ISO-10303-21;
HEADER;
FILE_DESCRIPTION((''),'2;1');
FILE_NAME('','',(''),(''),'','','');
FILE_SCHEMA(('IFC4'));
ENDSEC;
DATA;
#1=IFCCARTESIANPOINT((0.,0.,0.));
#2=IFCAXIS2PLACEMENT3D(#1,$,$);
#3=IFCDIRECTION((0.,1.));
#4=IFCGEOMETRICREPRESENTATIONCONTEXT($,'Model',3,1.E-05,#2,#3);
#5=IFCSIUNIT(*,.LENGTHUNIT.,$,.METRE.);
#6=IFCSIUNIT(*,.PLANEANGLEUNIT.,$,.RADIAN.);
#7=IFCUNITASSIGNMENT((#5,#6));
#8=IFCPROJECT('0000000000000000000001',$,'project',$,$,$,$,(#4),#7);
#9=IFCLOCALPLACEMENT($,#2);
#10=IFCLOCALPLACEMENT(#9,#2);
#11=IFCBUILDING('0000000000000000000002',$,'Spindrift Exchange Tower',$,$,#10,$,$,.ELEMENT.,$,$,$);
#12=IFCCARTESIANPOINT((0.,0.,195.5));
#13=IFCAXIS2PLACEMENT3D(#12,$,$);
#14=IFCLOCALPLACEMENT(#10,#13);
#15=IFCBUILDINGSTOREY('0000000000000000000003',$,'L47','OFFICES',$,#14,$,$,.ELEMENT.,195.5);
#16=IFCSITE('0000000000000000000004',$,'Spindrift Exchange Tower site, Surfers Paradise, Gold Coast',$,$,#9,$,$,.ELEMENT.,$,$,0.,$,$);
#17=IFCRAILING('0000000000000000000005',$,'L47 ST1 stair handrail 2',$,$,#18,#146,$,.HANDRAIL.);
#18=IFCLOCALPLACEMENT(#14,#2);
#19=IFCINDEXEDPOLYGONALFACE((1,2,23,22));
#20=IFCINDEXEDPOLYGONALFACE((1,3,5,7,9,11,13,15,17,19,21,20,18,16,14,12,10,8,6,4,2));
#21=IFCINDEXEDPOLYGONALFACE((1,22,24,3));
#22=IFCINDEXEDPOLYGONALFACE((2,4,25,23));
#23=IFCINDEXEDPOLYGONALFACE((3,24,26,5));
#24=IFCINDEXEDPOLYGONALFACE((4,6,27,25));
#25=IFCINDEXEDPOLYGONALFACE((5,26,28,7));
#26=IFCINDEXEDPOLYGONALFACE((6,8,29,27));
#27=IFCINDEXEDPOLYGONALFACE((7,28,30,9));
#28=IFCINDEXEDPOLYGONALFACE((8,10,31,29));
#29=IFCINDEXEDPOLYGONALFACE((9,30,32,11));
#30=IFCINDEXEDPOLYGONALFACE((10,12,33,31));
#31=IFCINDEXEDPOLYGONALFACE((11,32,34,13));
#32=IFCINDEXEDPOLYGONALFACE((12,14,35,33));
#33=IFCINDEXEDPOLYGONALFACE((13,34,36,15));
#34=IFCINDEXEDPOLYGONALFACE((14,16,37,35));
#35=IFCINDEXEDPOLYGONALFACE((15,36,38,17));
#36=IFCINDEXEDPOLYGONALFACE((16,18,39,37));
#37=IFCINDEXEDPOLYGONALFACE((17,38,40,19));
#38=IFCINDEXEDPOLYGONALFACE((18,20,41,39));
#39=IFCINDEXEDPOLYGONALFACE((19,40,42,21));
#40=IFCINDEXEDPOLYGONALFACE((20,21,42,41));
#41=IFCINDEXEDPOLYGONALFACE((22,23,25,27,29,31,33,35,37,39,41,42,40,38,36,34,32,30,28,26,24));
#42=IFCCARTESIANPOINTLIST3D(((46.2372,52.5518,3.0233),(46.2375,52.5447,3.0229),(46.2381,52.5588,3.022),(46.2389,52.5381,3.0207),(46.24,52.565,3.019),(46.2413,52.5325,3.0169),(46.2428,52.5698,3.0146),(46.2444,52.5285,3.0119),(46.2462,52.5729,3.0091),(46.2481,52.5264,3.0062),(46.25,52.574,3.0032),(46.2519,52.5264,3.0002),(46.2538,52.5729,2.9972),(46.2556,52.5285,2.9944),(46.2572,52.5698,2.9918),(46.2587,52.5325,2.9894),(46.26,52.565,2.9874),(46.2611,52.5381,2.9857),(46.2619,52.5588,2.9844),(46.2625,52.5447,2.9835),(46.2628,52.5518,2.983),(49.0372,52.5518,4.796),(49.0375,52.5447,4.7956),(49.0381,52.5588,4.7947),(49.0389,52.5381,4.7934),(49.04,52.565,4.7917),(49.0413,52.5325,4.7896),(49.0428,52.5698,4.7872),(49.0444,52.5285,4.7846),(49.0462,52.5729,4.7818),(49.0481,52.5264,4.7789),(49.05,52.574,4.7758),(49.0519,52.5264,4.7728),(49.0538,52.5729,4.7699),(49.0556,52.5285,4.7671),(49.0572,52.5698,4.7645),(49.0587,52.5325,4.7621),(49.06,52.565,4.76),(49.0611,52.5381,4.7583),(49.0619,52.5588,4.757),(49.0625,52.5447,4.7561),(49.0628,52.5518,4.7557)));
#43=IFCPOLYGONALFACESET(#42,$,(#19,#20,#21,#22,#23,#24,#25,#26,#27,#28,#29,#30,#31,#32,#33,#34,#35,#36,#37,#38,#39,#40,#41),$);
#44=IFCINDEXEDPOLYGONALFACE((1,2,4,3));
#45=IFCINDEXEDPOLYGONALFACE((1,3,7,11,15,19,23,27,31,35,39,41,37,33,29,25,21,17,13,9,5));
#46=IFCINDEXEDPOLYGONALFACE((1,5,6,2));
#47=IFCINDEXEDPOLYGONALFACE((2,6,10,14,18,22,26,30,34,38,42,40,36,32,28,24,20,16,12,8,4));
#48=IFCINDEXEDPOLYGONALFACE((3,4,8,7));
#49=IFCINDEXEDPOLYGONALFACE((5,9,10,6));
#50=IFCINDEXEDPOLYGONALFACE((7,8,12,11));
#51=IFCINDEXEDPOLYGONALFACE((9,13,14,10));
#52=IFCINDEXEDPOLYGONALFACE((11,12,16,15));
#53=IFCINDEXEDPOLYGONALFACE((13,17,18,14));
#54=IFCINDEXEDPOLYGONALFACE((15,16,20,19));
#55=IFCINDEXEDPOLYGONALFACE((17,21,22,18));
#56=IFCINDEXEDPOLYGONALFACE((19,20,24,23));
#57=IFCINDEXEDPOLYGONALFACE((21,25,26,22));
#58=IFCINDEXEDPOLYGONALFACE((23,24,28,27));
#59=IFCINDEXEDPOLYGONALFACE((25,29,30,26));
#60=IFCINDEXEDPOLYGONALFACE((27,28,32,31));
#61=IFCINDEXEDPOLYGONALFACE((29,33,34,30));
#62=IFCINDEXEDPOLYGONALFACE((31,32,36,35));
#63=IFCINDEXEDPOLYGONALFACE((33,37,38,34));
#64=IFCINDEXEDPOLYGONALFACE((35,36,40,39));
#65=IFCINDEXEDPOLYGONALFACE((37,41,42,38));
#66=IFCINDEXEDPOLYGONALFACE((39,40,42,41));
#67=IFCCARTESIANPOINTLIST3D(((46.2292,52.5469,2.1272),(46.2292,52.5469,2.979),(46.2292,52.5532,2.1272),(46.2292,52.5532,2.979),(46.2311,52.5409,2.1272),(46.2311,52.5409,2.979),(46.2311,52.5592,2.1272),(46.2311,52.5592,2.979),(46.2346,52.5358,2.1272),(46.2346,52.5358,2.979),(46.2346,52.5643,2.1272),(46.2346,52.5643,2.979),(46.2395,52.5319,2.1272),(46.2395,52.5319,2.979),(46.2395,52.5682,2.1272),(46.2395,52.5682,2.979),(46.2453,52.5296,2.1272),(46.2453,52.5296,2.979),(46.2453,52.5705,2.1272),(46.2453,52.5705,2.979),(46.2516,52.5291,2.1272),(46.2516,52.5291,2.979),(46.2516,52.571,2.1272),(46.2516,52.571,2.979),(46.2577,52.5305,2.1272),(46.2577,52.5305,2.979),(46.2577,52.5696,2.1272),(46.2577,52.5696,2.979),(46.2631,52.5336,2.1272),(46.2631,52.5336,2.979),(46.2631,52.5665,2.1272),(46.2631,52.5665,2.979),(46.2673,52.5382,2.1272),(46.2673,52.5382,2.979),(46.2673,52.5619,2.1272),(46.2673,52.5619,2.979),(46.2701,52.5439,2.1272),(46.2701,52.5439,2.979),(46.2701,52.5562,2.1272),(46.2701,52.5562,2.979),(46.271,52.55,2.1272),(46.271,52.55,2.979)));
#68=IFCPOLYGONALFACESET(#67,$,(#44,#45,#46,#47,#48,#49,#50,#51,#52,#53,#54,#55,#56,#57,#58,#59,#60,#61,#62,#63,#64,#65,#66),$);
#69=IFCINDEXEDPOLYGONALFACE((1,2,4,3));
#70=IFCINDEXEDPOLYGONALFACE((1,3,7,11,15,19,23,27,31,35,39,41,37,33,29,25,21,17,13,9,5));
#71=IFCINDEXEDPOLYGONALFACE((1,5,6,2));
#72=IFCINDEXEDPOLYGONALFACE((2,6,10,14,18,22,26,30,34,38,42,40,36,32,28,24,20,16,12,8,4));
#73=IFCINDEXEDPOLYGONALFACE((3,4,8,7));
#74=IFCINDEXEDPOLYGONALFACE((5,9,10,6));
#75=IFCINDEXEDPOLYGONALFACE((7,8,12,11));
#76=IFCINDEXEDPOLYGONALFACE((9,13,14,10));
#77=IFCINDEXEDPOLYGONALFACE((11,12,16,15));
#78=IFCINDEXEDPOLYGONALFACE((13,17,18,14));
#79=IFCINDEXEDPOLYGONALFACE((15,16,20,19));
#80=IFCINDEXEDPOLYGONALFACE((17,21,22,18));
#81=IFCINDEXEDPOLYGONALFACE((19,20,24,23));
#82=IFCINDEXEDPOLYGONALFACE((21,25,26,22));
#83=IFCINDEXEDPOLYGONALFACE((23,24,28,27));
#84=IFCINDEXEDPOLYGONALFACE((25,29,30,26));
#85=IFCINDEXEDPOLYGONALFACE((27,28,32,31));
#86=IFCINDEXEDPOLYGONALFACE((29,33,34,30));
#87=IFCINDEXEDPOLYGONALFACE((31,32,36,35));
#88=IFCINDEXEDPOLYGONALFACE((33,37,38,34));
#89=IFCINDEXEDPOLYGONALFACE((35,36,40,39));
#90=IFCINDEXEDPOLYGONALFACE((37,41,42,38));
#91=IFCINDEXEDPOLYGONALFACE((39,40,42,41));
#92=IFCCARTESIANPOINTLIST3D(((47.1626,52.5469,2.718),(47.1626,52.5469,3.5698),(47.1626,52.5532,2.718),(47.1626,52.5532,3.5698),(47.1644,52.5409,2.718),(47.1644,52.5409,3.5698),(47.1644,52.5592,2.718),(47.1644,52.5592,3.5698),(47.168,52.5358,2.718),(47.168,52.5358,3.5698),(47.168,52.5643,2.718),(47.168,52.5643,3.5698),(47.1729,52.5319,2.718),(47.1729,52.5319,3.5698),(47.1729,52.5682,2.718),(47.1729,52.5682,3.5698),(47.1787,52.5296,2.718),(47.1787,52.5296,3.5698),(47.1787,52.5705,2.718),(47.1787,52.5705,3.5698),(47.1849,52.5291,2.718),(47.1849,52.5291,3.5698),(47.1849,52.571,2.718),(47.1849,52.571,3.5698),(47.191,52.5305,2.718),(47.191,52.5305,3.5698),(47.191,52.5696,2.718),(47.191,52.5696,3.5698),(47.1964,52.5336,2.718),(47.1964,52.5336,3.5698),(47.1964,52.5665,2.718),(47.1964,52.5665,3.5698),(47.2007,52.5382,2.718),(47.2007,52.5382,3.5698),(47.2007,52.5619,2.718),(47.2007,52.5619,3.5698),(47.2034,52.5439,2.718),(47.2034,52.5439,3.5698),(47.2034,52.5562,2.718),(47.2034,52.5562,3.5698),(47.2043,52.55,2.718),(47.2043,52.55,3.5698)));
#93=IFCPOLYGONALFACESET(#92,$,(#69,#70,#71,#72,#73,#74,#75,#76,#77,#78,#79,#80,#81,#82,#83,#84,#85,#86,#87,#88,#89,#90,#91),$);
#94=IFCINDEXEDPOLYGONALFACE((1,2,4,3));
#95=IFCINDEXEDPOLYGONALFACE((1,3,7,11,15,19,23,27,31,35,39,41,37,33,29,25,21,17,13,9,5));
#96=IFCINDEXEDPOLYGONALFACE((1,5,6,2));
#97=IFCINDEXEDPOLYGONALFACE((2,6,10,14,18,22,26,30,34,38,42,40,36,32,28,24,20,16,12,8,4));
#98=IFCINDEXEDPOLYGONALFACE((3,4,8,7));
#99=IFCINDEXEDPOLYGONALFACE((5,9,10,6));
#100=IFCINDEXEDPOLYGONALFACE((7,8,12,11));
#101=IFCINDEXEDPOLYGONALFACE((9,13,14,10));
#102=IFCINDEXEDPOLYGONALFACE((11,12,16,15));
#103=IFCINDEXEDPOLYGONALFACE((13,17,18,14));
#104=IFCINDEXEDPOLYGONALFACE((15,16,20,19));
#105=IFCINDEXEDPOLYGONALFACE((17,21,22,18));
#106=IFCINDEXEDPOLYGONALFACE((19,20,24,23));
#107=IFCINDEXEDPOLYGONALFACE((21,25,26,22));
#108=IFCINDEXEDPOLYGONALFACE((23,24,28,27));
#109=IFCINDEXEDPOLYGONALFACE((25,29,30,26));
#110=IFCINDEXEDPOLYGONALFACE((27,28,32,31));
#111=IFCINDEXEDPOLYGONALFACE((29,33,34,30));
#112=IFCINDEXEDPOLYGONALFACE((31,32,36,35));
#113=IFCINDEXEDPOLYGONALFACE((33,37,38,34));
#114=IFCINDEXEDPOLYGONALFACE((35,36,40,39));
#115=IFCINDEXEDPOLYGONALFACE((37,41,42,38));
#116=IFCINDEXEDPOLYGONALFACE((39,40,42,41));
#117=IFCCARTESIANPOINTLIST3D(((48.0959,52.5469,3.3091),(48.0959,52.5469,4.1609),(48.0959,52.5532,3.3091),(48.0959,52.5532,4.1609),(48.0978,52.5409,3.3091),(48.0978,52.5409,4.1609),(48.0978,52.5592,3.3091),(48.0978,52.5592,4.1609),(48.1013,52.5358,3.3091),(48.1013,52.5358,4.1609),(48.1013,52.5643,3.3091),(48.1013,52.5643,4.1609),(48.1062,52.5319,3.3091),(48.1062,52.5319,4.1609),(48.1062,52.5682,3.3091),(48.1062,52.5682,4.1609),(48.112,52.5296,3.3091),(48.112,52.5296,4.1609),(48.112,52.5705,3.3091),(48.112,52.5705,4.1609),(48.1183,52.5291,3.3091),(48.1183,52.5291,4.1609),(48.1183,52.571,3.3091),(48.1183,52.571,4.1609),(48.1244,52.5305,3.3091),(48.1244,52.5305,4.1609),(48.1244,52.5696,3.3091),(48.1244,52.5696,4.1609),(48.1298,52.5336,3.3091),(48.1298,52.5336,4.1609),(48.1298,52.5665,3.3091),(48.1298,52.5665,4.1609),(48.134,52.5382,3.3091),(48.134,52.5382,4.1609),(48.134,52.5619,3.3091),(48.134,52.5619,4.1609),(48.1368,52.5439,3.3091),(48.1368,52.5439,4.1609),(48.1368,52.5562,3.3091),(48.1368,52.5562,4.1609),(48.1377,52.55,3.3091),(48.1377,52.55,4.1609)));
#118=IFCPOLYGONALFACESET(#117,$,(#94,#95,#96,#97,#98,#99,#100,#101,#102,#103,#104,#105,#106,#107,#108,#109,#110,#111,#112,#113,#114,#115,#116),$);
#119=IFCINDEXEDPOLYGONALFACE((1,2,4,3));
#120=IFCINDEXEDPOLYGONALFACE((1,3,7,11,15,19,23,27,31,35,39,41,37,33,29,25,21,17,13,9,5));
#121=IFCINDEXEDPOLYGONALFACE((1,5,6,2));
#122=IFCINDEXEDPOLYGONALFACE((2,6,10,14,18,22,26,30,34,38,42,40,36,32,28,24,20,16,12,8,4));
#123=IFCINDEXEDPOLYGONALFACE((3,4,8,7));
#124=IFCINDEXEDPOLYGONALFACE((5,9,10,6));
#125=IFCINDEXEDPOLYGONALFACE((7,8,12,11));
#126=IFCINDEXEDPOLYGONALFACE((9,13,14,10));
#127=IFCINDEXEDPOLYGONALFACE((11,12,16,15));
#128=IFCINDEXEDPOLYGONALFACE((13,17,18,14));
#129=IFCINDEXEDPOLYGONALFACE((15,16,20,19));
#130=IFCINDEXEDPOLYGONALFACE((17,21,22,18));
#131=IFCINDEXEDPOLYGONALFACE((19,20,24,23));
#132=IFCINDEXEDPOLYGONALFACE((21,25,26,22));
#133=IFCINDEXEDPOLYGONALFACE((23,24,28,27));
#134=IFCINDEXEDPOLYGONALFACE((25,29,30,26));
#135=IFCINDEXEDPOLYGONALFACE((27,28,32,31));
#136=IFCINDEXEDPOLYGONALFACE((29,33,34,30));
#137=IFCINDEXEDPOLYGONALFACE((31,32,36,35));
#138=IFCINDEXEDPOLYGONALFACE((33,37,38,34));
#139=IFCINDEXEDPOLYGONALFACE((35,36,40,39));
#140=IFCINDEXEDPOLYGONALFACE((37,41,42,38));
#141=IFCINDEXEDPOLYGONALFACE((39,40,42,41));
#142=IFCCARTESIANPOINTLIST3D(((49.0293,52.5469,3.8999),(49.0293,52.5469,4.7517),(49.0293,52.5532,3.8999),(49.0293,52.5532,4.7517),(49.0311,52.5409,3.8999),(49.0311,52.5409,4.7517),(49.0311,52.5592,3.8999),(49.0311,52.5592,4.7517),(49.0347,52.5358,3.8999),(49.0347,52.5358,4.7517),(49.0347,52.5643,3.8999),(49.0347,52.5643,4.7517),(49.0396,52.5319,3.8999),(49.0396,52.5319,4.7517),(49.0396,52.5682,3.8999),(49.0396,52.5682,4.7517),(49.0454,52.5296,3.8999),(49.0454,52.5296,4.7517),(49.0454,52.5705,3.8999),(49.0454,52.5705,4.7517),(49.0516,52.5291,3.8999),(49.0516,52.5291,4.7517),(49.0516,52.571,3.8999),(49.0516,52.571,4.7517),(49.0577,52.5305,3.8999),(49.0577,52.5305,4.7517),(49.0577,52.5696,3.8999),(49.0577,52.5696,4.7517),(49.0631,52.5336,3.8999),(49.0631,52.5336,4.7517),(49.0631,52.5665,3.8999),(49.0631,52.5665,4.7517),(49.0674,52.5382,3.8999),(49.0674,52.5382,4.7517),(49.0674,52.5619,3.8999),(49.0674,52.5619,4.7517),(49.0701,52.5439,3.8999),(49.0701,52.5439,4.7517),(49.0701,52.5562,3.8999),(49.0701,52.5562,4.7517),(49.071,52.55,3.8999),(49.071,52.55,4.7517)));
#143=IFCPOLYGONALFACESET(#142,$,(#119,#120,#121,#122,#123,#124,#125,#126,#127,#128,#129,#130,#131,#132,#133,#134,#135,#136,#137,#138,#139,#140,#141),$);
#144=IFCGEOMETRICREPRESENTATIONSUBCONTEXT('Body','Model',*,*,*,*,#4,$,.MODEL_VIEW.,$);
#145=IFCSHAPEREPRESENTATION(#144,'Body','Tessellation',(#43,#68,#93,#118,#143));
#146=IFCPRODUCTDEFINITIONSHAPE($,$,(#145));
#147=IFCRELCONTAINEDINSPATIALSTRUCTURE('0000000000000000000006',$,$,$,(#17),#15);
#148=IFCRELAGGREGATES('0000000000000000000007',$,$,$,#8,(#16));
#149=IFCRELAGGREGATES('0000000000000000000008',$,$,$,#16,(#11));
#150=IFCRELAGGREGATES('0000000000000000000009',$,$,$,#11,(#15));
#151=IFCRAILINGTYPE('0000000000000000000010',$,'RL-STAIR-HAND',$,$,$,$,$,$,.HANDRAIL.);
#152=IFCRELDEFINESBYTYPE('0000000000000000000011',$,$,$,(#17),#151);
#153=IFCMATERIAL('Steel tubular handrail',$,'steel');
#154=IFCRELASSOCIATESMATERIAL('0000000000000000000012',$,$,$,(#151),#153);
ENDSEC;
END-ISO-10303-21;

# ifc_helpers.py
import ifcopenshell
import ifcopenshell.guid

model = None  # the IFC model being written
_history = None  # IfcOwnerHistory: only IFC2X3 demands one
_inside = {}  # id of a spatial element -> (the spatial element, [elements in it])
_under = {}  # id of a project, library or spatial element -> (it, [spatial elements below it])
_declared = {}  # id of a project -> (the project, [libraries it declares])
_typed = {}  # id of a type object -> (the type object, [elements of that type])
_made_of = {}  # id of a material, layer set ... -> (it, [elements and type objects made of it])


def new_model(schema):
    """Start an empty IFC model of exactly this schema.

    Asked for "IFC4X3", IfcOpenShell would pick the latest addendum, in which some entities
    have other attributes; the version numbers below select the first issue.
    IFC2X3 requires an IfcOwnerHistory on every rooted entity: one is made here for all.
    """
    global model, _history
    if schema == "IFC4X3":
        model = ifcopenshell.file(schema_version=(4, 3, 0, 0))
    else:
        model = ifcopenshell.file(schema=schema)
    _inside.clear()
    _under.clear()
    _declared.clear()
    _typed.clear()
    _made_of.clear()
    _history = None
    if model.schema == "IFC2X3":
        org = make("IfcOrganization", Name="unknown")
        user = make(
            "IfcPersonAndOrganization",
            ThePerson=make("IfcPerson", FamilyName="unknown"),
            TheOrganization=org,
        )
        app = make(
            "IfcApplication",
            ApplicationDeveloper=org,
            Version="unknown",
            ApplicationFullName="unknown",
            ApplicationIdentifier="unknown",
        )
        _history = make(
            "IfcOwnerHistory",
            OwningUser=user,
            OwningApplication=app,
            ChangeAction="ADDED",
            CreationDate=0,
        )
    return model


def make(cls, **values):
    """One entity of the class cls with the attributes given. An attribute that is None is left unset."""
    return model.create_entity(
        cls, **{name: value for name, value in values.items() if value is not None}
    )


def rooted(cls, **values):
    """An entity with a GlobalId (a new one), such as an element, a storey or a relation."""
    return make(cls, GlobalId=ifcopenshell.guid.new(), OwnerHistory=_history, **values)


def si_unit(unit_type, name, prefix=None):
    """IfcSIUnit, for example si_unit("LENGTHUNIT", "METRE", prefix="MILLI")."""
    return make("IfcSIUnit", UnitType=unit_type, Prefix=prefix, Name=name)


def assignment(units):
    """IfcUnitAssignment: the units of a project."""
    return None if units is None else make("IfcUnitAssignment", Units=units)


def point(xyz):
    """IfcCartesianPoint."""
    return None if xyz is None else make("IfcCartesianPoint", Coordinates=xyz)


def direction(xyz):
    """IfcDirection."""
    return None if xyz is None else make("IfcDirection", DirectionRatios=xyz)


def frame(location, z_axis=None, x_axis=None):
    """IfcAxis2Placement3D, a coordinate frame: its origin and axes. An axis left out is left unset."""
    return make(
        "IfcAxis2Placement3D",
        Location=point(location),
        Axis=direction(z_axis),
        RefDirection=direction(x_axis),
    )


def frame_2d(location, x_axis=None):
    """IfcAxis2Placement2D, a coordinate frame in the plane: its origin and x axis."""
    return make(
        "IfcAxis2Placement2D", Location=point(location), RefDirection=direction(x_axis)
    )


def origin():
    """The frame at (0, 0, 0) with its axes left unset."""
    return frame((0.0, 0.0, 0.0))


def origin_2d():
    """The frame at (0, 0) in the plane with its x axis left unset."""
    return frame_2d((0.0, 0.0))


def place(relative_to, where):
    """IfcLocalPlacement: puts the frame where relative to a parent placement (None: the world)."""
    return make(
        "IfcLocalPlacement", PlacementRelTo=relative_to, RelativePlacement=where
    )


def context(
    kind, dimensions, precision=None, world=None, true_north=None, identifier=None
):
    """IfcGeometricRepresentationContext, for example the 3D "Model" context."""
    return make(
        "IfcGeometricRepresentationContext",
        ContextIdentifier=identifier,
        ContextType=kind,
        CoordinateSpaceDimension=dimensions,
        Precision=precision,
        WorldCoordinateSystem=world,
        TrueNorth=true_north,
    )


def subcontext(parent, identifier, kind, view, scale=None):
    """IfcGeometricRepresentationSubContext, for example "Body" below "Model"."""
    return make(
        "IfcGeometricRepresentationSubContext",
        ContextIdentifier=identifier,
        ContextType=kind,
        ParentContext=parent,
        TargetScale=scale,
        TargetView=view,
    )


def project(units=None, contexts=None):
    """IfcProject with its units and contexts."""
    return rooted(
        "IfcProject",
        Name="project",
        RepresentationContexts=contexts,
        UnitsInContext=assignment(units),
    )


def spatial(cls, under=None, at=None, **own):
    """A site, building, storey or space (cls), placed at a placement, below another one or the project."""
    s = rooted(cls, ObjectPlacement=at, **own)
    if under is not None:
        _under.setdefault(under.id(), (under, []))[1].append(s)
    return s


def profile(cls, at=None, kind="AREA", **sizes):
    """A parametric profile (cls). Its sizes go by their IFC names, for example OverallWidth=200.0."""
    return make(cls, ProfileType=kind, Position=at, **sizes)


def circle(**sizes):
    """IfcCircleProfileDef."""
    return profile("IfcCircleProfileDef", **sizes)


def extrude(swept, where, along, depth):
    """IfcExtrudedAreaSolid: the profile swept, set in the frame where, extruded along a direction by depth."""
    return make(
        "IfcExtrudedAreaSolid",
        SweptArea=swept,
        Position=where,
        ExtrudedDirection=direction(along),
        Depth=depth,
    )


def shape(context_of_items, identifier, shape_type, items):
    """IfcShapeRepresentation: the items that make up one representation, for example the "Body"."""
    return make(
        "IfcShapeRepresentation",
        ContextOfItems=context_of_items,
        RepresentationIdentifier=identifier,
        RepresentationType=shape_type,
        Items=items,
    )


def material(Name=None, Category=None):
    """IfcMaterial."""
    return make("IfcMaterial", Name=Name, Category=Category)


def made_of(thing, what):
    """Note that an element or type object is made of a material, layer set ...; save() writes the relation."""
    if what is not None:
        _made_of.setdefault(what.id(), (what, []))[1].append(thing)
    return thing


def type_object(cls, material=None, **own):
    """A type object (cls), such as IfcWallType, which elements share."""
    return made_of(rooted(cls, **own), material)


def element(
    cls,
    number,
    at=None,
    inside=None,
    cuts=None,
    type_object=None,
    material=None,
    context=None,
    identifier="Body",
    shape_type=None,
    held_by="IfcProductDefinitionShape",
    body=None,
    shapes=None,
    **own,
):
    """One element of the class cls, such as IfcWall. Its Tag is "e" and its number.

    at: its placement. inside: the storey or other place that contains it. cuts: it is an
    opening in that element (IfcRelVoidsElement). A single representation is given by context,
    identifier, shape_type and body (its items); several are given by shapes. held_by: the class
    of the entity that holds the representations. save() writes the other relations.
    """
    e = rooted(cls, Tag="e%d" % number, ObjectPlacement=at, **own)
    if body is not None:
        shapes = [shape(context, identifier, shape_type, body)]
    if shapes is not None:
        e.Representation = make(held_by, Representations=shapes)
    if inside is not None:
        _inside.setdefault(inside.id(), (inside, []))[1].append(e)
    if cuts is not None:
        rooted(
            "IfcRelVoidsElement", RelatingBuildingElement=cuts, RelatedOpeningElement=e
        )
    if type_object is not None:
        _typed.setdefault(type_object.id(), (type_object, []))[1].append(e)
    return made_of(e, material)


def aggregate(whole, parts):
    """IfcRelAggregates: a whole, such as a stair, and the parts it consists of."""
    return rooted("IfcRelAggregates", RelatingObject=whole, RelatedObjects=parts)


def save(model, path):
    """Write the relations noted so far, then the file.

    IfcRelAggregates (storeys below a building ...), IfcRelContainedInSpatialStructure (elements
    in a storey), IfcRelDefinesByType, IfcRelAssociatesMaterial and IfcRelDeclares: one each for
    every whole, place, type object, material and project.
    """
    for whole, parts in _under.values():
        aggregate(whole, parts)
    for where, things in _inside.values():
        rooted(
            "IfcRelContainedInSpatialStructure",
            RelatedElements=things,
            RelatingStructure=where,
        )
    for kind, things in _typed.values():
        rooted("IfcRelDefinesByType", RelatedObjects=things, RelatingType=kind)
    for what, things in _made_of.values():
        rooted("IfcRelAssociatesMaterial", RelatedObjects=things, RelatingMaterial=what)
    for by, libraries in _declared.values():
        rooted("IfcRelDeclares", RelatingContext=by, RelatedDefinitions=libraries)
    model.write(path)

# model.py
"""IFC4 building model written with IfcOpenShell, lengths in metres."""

from ifc_helpers import new_model, si_unit, direction, frame, origin, origin_2d, place, context, subcontext, project, spatial, circle, extrude, material, type_object, element, save


model = new_model("IFC4")

# Units and contexts
model_context = context("Model", 3, precision=1e-05, world=origin(), true_north=direction((0.0, 1.0)))
body_context = subcontext(model_context, "Body", "Model", "MODEL_VIEW")
ifc_project = project(units=[si_unit("LENGTHUNIT", "METRE"), si_unit("PLANEANGLEUNIT", "RADIAN")], contexts=[model_context])

# Site, building, storey
site_placement = place(None, origin())
site = spatial("IfcSite", under=ifc_project, at=site_placement, Name="Spindrift Exchange Tower site, Surfers Paradise, Gold Coast", CompositionType="ELEMENT", RefElevation=0.0)
building_placement = place(site_placement, origin())
building = spatial("IfcBuilding", under=site, at=building_placement, Name="Spindrift Exchange Tower", CompositionType="ELEMENT")
storey_placement = place(building_placement, frame((0.0, 0.0, 195.5)))
storey = spatial("IfcBuildingStorey", under=building, at=storey_placement, Name="L47", Description="OFFICES", CompositionType="ELEMENT", Elevation=195.5)

# Railing
ifc_material_1 = material(Name="Steel tubular handrail", Category="steel")
railing_type_1 = type_object("IfcRailingType", Name="RL-STAIR-HAND", PredefinedType="HANDRAIL", material=ifc_material_1)
railing_1_placement = place(storey_placement, frame((46.25, 52.55, 2.1272)))
element("IfcRailing", 1, at=railing_1_placement, inside=storey, type_object=railing_type_1, Name="L47 ST1 stair handrail 2", PredefinedType="HANDRAIL", context=body_context, shape_type="SweptSolid", body=[
    extrude(circle(Radius=0.0239, at=origin_2d()), frame((0.0, 0.0, 0.876), z_axis=(0.844909, 0.0, 0.53491), x_axis=(0.0, 1.0, 0.0)), (0.0, 0.0, 1.0), 3.314),
    extrude(circle(Radius=0.021, at=origin_2d()), origin(), (0.0, 0.0, 1.0), 0.8518),
    extrude(circle(Radius=0.021, at=origin_2d()), frame((0.9333, 0.0, 0.5908)), (0.0, 0.0, 1.0), 0.8518),
    extrude(circle(Radius=0.021, at=origin_2d()), frame((1.8667, 0.0, 1.1819)), (0.0, 0.0, 1.0), 0.8518),
    extrude(circle(Radius=0.021, at=origin_2d()), frame((2.8, 0.0, 1.7727)), (0.0, 0.0, 1.0), 0.8518),
])

save(model, "model.ifc")
